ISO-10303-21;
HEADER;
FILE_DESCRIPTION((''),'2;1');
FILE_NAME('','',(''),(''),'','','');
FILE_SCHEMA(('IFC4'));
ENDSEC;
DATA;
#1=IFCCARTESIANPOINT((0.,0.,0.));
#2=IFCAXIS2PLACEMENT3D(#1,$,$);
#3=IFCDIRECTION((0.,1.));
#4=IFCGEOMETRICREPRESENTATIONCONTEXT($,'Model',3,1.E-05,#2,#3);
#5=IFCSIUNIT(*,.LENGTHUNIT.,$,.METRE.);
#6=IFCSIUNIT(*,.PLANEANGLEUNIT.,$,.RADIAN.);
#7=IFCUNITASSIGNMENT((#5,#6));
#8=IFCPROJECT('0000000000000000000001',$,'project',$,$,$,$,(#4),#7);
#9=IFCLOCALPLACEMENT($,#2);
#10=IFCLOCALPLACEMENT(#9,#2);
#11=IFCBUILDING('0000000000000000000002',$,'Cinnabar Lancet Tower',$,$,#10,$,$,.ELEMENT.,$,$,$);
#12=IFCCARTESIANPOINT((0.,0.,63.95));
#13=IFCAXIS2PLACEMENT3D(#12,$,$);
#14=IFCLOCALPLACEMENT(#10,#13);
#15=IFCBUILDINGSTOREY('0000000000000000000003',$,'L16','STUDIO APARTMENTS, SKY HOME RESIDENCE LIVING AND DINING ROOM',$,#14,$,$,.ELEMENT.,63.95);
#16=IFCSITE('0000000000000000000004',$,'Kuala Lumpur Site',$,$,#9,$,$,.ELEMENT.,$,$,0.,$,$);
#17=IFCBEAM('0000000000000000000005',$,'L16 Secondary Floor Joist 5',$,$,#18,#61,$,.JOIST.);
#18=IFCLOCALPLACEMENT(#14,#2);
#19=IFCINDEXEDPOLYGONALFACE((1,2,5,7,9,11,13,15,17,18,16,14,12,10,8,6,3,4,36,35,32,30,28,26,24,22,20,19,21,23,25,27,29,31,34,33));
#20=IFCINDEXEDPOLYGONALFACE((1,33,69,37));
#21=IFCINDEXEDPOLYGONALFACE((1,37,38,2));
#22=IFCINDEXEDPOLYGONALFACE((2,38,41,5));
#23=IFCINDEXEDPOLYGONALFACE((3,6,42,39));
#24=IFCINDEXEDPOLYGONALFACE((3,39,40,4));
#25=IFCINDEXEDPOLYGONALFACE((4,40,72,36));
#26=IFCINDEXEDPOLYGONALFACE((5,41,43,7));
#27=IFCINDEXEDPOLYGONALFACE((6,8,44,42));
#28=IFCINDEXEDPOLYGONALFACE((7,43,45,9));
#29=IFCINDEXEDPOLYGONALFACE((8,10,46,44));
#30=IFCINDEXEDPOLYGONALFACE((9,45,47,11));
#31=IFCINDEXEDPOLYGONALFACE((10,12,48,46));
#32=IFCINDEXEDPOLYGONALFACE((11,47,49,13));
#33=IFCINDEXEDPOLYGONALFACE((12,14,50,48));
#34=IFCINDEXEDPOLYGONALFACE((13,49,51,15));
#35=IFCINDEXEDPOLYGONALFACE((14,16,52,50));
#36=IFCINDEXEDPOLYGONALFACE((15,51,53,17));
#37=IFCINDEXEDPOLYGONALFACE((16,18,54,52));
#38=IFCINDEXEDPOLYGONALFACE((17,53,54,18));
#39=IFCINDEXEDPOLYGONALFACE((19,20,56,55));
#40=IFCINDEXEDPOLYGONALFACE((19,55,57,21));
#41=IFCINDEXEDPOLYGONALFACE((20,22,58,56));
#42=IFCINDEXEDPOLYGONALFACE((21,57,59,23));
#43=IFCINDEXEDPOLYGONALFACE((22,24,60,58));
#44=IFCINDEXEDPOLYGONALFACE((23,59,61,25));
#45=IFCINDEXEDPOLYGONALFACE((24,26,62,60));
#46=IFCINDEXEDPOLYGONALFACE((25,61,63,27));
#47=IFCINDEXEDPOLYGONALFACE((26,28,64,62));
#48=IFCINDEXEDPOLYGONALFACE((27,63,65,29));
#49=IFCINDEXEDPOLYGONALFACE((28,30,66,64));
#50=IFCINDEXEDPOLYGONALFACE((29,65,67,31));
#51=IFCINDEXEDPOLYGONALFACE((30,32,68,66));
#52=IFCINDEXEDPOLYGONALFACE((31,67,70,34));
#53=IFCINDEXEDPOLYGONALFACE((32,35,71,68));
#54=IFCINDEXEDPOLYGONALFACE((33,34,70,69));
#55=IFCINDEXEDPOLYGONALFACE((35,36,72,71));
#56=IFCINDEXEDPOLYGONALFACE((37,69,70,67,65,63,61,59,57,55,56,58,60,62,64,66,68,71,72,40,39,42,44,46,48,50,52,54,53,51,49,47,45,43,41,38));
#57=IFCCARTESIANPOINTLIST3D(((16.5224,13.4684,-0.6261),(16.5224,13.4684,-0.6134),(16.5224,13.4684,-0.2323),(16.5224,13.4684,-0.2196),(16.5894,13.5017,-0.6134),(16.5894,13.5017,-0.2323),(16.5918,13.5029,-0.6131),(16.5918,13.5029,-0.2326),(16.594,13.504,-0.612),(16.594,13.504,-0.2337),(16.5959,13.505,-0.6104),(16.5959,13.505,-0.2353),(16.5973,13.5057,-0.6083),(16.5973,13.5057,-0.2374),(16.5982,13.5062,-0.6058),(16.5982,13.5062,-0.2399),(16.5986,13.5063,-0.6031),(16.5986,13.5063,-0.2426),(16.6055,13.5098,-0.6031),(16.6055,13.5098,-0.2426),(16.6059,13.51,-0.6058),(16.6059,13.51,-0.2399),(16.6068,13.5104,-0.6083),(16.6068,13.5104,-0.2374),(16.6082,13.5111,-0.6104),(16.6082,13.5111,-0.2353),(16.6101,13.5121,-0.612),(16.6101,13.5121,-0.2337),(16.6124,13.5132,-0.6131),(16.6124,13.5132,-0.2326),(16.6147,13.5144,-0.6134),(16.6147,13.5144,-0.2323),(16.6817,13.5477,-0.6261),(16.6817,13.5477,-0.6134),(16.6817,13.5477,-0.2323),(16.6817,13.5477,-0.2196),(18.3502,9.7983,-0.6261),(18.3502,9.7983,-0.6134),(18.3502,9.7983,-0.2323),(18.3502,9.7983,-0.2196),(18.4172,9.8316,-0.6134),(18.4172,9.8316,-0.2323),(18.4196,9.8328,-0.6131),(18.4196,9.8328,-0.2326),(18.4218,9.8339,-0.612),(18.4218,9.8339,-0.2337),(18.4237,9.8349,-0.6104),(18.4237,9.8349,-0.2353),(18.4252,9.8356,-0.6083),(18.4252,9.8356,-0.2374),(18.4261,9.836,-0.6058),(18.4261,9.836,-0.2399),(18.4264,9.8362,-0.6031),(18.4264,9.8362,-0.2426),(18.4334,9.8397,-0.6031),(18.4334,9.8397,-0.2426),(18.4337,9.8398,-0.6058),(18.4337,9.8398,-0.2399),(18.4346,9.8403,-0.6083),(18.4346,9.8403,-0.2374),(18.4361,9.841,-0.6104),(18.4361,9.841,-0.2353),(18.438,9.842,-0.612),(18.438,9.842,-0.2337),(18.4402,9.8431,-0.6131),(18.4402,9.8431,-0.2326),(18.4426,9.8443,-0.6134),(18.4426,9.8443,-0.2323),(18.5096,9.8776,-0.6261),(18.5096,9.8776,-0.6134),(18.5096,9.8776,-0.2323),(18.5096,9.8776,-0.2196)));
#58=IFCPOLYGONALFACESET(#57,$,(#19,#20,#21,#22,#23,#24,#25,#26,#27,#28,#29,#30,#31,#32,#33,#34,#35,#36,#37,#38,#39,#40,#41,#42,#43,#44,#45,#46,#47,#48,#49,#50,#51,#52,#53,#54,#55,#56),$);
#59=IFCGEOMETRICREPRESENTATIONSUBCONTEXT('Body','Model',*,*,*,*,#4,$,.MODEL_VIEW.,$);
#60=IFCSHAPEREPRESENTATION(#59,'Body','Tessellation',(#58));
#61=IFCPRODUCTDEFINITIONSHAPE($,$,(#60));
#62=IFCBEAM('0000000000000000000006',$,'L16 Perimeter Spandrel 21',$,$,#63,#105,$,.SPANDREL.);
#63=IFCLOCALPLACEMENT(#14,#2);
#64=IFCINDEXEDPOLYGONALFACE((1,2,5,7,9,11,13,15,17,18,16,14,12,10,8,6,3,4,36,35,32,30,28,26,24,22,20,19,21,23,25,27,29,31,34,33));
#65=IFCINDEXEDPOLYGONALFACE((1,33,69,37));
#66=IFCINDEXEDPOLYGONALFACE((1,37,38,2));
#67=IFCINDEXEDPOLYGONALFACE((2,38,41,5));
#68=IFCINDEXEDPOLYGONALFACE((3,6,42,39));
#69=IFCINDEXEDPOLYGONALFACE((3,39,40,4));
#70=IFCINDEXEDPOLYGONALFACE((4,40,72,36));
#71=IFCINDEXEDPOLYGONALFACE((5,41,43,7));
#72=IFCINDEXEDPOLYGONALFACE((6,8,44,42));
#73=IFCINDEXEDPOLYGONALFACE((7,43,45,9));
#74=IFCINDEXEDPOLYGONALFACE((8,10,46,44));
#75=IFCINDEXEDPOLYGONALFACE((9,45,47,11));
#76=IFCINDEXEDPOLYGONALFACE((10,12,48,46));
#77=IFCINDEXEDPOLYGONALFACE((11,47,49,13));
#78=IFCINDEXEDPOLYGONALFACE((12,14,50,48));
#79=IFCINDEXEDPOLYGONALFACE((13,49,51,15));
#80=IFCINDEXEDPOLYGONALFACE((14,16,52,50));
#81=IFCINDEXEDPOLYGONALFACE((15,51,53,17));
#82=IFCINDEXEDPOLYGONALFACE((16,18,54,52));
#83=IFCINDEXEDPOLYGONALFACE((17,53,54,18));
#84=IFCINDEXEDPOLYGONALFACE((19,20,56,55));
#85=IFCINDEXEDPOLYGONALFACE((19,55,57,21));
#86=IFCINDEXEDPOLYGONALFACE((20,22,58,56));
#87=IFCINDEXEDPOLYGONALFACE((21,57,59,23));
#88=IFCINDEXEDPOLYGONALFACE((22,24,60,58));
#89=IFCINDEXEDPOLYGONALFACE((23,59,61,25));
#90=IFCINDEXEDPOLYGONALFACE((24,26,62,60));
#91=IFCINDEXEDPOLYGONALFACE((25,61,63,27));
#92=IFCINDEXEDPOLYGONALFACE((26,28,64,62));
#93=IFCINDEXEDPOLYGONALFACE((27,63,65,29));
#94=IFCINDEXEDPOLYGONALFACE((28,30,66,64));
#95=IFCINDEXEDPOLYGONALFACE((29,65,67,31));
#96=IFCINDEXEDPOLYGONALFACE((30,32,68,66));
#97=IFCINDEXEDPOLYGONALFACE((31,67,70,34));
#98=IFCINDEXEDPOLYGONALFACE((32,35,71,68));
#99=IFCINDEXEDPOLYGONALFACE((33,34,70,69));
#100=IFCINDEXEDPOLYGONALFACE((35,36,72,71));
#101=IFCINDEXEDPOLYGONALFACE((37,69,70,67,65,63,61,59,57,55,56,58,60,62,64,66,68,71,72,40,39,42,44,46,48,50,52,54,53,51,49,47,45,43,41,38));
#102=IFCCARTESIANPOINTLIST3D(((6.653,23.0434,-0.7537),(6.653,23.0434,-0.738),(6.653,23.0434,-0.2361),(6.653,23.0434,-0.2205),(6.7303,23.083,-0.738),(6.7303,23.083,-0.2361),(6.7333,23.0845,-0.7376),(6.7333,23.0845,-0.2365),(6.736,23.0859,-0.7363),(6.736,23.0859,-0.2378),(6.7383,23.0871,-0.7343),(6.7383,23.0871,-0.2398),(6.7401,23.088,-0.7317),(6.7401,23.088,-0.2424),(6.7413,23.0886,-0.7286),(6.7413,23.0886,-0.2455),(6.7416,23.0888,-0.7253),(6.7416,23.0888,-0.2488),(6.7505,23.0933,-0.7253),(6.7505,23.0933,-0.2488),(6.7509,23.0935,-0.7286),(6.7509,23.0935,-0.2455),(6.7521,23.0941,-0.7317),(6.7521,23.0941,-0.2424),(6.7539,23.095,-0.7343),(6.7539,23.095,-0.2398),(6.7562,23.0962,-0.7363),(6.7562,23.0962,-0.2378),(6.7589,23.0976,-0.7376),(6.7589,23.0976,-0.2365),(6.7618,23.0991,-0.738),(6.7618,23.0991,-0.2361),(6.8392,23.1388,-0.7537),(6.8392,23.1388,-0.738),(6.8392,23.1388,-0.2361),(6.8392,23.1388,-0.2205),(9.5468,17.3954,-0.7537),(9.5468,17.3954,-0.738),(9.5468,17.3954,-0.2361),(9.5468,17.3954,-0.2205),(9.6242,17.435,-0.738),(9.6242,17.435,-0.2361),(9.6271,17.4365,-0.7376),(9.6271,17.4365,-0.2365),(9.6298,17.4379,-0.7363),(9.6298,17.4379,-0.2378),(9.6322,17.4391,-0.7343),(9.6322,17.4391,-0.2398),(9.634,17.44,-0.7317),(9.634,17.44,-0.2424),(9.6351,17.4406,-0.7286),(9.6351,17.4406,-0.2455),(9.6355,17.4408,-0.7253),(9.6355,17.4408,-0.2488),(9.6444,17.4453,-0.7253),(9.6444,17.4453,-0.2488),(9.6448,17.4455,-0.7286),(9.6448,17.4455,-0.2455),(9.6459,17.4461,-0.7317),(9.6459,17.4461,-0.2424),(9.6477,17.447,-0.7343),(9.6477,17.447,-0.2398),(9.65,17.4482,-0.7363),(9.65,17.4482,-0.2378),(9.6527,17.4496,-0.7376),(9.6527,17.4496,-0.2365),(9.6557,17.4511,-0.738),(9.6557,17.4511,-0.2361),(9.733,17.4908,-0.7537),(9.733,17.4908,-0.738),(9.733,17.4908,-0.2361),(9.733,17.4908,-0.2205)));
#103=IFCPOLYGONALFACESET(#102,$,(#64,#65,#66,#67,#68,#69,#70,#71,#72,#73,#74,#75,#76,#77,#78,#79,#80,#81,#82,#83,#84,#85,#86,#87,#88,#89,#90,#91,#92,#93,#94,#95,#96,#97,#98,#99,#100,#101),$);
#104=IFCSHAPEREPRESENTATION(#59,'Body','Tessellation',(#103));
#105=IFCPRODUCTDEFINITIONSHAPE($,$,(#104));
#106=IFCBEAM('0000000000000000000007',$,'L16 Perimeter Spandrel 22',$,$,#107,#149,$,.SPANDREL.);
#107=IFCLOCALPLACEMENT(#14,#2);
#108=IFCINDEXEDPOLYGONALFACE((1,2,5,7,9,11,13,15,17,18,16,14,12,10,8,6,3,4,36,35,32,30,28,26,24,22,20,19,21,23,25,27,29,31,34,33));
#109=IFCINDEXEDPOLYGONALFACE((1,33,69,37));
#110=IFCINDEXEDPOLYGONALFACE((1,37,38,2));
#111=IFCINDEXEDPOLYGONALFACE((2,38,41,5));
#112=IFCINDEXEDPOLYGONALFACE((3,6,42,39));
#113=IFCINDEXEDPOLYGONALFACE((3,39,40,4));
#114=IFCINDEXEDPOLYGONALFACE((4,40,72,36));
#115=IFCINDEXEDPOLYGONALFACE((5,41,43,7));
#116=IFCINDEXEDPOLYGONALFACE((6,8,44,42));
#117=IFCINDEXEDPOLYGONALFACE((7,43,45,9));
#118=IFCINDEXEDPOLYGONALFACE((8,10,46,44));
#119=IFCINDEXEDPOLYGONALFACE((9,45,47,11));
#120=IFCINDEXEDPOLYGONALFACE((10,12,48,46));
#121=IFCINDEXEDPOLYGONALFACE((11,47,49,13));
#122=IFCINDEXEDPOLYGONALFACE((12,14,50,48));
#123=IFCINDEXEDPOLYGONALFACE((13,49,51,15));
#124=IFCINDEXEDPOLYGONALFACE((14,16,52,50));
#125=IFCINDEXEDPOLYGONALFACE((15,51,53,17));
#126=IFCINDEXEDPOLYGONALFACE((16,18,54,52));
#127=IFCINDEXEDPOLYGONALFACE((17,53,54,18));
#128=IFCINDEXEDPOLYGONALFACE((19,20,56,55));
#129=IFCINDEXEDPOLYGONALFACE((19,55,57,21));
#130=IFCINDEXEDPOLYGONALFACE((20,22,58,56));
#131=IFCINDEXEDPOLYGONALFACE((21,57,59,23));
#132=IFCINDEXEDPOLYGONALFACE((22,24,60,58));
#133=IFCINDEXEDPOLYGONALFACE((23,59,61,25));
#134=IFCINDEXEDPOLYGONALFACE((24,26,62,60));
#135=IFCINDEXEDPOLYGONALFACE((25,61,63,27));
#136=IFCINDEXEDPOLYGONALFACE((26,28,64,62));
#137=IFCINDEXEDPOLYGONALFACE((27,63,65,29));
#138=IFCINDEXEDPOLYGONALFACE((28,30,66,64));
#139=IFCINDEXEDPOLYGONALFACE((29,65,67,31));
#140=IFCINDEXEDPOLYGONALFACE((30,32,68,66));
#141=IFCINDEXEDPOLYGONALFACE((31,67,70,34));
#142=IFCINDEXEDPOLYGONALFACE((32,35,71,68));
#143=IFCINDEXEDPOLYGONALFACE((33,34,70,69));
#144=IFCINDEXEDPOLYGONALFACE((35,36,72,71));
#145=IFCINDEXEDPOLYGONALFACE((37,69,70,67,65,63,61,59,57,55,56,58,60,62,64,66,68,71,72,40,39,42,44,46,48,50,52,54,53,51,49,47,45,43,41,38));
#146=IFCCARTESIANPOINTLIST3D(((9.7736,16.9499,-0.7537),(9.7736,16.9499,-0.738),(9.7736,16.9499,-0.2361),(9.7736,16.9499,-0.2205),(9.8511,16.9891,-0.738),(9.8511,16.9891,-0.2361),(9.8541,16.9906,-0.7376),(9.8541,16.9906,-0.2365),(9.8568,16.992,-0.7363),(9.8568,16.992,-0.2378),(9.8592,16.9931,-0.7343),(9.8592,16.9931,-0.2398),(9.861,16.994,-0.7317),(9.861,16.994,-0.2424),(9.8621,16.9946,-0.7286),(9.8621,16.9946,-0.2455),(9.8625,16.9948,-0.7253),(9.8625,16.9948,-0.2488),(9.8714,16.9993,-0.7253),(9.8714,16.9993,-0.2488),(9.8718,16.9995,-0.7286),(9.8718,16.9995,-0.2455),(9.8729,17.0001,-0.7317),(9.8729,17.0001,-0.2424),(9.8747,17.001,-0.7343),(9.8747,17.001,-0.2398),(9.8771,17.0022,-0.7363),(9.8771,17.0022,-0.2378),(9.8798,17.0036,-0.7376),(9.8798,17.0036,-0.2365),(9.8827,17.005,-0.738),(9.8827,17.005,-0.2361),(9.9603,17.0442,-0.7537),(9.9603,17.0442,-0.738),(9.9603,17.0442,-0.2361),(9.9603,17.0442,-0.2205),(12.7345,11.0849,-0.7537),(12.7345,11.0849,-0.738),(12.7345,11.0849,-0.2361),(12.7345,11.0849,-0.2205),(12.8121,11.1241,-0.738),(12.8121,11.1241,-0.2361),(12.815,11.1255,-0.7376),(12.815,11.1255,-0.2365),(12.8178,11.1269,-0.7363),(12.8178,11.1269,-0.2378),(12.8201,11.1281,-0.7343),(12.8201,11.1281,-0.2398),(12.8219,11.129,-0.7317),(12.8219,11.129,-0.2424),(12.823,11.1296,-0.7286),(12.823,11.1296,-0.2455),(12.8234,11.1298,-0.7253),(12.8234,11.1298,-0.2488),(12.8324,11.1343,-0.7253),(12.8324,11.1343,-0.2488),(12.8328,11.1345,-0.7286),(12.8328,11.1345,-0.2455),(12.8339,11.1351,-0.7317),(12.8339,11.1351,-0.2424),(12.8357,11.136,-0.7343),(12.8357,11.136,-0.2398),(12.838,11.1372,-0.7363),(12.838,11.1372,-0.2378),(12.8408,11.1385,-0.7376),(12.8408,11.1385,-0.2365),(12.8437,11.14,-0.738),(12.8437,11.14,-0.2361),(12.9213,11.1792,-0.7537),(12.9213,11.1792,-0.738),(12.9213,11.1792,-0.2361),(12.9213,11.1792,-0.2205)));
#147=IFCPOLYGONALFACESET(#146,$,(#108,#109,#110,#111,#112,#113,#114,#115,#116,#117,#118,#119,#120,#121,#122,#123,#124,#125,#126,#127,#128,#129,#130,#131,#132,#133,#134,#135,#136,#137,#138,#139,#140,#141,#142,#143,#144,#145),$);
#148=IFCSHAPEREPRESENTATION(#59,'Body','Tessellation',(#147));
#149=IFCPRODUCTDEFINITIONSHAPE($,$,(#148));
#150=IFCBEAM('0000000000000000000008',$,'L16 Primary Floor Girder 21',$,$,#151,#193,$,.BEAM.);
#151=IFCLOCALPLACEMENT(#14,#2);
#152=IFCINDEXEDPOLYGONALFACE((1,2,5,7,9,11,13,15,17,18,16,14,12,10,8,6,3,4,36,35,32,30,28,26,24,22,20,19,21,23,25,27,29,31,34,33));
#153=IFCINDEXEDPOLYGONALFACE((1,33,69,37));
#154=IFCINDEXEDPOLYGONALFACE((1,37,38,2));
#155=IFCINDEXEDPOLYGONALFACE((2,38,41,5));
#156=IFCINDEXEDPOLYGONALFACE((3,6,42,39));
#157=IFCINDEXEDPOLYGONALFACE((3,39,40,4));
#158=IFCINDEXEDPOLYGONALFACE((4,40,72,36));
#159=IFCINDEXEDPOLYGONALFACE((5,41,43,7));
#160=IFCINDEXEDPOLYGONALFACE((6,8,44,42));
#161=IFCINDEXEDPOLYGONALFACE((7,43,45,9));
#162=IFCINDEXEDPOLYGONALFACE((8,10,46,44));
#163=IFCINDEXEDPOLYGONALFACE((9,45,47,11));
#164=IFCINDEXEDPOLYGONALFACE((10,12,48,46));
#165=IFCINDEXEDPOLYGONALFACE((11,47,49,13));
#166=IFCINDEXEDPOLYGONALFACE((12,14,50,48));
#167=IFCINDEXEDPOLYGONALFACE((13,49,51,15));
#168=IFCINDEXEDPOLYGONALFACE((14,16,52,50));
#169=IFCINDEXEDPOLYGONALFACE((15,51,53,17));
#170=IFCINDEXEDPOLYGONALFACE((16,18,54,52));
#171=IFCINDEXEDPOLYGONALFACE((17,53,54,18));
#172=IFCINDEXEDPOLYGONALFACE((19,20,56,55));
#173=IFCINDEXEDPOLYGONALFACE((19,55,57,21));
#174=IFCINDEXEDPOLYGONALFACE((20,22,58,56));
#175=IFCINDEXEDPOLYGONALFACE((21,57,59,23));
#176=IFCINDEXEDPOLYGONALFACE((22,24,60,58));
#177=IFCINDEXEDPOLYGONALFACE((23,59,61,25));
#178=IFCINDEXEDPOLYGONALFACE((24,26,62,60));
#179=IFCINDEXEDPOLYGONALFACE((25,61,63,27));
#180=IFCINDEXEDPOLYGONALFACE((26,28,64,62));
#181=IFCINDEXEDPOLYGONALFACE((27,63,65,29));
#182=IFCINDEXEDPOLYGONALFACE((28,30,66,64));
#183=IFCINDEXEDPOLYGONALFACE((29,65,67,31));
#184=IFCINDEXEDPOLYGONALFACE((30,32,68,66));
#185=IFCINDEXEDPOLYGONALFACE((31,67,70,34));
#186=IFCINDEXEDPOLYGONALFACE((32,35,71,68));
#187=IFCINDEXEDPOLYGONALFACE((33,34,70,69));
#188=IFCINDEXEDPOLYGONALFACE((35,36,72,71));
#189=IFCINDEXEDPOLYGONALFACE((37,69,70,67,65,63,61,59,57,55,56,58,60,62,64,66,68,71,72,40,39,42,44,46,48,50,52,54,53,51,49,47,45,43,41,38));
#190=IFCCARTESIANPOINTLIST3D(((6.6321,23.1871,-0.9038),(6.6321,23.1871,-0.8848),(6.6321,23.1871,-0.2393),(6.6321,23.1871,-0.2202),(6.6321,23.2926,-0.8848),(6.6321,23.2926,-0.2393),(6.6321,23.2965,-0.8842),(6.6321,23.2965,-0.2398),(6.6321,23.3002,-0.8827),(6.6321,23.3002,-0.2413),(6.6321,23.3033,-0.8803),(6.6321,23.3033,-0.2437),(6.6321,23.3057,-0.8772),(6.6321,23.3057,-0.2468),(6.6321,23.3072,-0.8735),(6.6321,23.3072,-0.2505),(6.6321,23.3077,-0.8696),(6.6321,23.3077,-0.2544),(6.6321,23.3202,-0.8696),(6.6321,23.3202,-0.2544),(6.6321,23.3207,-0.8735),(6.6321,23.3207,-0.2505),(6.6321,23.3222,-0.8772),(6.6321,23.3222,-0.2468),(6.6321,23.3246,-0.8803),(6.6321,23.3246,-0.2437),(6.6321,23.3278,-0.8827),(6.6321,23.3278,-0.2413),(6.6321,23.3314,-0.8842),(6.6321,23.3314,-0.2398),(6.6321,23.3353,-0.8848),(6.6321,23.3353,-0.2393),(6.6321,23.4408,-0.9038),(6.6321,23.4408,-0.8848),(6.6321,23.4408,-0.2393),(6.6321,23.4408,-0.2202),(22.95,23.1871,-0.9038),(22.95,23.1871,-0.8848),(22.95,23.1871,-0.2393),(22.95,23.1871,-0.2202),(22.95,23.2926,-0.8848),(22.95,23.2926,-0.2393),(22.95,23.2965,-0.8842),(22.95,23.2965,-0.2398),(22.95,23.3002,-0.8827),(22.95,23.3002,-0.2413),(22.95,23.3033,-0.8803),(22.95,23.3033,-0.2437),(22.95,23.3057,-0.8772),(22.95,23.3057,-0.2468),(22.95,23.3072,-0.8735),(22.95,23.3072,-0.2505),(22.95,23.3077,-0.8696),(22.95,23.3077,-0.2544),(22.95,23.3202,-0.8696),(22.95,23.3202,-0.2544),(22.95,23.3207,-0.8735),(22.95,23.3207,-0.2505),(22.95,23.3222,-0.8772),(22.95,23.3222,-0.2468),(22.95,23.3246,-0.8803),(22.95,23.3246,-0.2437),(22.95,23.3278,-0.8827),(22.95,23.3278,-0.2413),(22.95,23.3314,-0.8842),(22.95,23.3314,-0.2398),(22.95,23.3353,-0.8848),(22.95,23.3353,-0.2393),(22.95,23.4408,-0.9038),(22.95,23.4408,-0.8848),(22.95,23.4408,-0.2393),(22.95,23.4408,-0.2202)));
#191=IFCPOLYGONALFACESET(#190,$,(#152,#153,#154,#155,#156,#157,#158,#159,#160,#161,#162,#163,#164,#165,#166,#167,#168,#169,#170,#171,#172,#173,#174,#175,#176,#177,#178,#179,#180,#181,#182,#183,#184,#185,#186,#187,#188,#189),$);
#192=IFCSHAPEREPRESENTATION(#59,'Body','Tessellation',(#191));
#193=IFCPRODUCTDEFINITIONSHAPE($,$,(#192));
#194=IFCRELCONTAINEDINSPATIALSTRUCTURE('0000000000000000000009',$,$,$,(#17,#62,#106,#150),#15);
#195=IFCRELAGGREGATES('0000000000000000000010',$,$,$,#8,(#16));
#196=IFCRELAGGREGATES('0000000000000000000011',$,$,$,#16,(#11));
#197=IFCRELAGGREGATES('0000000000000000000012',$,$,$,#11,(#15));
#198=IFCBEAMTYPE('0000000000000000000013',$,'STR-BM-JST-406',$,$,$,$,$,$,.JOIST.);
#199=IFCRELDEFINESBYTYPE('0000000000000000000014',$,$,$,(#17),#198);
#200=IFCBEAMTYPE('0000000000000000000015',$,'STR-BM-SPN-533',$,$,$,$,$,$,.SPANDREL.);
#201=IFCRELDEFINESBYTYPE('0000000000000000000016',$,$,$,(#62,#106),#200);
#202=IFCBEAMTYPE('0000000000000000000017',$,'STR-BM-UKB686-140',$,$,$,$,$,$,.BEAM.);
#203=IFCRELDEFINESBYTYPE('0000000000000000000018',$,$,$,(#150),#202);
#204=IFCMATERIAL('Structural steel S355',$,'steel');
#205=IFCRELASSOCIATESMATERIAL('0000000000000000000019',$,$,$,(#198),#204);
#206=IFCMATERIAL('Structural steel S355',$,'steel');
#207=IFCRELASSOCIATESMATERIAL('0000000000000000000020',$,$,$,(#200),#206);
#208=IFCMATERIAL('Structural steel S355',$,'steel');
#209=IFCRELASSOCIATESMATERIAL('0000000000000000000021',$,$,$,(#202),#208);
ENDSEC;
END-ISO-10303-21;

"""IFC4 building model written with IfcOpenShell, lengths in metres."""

from ifc_helpers import new_model, si_unit, direction, frame, origin, origin_2d, place, context, subcontext, project, spatial, i_section, extrude, material, material_profile, profile_set, type_object, element, save


model = new_model("IFC4")

# Units and contexts
model_context = context("Model", 3, precision=1e-05, world=origin(), true_north=direction((0.0, 1.0)))
body_context = subcontext(model_context, "Body", "Model", "MODEL_VIEW")
ifc_project = project(units=[si_unit("LENGTHUNIT", "METRE"), si_unit("PLANEANGLEUNIT", "RADIAN")], contexts=[model_context])

# Site, building, storey
site_placement = place(None, origin())
site = spatial("IfcSite", under=ifc_project, at=site_placement, Name="Kuala Lumpur Site", CompositionType="ELEMENT", RefElevation=0.0)
building_placement = place(site_placement, origin())
building = spatial("IfcBuilding", under=site, at=building_placement, Name="Cinnabar Lancet Tower", CompositionType="ELEMENT")
storey_placement = place(building_placement, frame((0.0, 0.0, 63.95)))
storey = spatial("IfcBuildingStorey", under=building, at=storey_placement, Name="L16", Description="STUDIO APARTMENTS, SKY HOME RESIDENCE LIVING AND DINING ROOM", CompositionType="ELEMENT", Elevation=63.95)

# Beams
ifc_material_1 = material(Name="Structural steel S355", Category="steel")
ifc_material_profile_1 = material_profile(ifc_material_1, i_section(OverallWidth=0.178, OverallDepth=0.4065, WebThickness=0.0078, FlangeThickness=0.0127, FilletRadius=0.0103, at=origin_2d()), Name="UKB 406x178x60")
ifc_profile_set_1 = profile_set([ifc_material_profile_1], Name="Structural steel S355")
beam_type_1 = type_object("IfcBeamType", Name="STR-BM-JST-406", PredefinedType="JOIST", material=ifc_profile_set_1)
beam_1_placement = place(storey_placement, frame((16.6021, 13.5081, -0.4229), z_axis=(0.445808, -0.895129, 0.0), x_axis=(0.895129, 0.445808, 0.0)))
element("IfcBeam", 1, at=beam_1_placement, inside=storey, type_object=beam_type_1, Name="L16 Secondary Floor Joist 5", PredefinedType="JOIST", context=body_context, shape_type="SweptSolid", body=[
    extrude(i_section(OverallWidth=0.178, OverallDepth=0.4065, WebThickness=0.0078, FlangeThickness=0.0127, FilletRadius=0.0103, at=origin_2d()), origin(), (0.0, 0.0, 1.0), 4.1001),
])
ifc_material_2 = material(Name="Structural steel S355", Category="steel")
ifc_material_profile_2 = material_profile(ifc_material_2, i_section(OverallWidth=0.2092, OverallDepth=0.5332, WebThickness=0.01, FlangeThickness=0.0156, FilletRadius=0.0127, at=origin_2d()), Name="UKB 533x210x92")
ifc_profile_set_2 = profile_set([ifc_material_profile_2], Name="Structural steel S355")
beam_type_2 = type_object("IfcBeamType", Name="STR-BM-SPN-533", PredefinedType="SPANDREL", material=ifc_profile_set_2)
beam_2_placement = place(storey_placement, frame((6.7461, 23.0911, -0.4871), z_axis=(0.455994, -0.889983, 0.0), x_axis=(0.889983, 0.455994, 0.0)))
element("IfcBeam", 2, at=beam_2_placement, inside=storey, type_object=beam_type_2, Name="L16 Perimeter Spandrel 21", PredefinedType="SPANDREL", context=body_context, shape_type="SweptSolid", body=[
    extrude(i_section(OverallWidth=0.2092, OverallDepth=0.5332, WebThickness=0.01, FlangeThickness=0.0156, FilletRadius=0.0127, at=origin_2d()), origin(), (0.0, 0.0, 1.0), 6.3462),
])
beam_3_placement = place(storey_placement, frame((9.8669, 16.9971, -0.4871), z_axis=(0.450674, -0.892689, 0.0), x_axis=(0.892689, 0.450674, 0.0)))
element("IfcBeam", 3, at=beam_3_placement, inside=storey, type_object=beam_type_2, Name="L16 Perimeter Spandrel 22", PredefinedType="SPANDREL", context=body_context, shape_type="SweptSolid", body=[
    extrude(i_section(OverallWidth=0.2092, OverallDepth=0.5332, WebThickness=0.01, FlangeThickness=0.0156, FilletRadius=0.0127, at=origin_2d()), origin(), (0.0, 0.0, 1.0), 6.5701),
])
ifc_material_3 = material(Name="Structural steel S355", Category="steel")
ifc_material_profile_3 = material_profile(ifc_material_3, i_section(OverallWidth=0.2537, OverallDepth=0.6836, WebThickness=0.0125, FlangeThickness=0.019, FilletRadius=0.0151, at=origin_2d()), Name="UKB 686x254x140")
ifc_profile_set_3 = profile_set([ifc_material_profile_3], Name="Structural steel S355")
beam_type_3 = type_object("IfcBeamType", Name="STR-BM-UKB686-140", PredefinedType="BEAM", material=ifc_profile_set_3)
beam_4_placement = place(storey_placement, frame((6.6321, 23.314, -0.562), z_axis=(1.0, 0.0, 0.0), x_axis=(0.0, 1.0, 0.0)))
element("IfcBeam", 4, at=beam_4_placement, inside=storey, type_object=beam_type_3, Name="L16 Primary Floor Girder 21", PredefinedType="BEAM", context=body_context, shape_type="SweptSolid", body=[
    extrude(i_section(OverallWidth=0.2537, OverallDepth=0.6836, WebThickness=0.0125, FlangeThickness=0.019, FilletRadius=0.0151, at=origin_2d()), origin(), (0.0, 0.0, 1.0), 16.3179),
])

save(model, "model.ifc")
